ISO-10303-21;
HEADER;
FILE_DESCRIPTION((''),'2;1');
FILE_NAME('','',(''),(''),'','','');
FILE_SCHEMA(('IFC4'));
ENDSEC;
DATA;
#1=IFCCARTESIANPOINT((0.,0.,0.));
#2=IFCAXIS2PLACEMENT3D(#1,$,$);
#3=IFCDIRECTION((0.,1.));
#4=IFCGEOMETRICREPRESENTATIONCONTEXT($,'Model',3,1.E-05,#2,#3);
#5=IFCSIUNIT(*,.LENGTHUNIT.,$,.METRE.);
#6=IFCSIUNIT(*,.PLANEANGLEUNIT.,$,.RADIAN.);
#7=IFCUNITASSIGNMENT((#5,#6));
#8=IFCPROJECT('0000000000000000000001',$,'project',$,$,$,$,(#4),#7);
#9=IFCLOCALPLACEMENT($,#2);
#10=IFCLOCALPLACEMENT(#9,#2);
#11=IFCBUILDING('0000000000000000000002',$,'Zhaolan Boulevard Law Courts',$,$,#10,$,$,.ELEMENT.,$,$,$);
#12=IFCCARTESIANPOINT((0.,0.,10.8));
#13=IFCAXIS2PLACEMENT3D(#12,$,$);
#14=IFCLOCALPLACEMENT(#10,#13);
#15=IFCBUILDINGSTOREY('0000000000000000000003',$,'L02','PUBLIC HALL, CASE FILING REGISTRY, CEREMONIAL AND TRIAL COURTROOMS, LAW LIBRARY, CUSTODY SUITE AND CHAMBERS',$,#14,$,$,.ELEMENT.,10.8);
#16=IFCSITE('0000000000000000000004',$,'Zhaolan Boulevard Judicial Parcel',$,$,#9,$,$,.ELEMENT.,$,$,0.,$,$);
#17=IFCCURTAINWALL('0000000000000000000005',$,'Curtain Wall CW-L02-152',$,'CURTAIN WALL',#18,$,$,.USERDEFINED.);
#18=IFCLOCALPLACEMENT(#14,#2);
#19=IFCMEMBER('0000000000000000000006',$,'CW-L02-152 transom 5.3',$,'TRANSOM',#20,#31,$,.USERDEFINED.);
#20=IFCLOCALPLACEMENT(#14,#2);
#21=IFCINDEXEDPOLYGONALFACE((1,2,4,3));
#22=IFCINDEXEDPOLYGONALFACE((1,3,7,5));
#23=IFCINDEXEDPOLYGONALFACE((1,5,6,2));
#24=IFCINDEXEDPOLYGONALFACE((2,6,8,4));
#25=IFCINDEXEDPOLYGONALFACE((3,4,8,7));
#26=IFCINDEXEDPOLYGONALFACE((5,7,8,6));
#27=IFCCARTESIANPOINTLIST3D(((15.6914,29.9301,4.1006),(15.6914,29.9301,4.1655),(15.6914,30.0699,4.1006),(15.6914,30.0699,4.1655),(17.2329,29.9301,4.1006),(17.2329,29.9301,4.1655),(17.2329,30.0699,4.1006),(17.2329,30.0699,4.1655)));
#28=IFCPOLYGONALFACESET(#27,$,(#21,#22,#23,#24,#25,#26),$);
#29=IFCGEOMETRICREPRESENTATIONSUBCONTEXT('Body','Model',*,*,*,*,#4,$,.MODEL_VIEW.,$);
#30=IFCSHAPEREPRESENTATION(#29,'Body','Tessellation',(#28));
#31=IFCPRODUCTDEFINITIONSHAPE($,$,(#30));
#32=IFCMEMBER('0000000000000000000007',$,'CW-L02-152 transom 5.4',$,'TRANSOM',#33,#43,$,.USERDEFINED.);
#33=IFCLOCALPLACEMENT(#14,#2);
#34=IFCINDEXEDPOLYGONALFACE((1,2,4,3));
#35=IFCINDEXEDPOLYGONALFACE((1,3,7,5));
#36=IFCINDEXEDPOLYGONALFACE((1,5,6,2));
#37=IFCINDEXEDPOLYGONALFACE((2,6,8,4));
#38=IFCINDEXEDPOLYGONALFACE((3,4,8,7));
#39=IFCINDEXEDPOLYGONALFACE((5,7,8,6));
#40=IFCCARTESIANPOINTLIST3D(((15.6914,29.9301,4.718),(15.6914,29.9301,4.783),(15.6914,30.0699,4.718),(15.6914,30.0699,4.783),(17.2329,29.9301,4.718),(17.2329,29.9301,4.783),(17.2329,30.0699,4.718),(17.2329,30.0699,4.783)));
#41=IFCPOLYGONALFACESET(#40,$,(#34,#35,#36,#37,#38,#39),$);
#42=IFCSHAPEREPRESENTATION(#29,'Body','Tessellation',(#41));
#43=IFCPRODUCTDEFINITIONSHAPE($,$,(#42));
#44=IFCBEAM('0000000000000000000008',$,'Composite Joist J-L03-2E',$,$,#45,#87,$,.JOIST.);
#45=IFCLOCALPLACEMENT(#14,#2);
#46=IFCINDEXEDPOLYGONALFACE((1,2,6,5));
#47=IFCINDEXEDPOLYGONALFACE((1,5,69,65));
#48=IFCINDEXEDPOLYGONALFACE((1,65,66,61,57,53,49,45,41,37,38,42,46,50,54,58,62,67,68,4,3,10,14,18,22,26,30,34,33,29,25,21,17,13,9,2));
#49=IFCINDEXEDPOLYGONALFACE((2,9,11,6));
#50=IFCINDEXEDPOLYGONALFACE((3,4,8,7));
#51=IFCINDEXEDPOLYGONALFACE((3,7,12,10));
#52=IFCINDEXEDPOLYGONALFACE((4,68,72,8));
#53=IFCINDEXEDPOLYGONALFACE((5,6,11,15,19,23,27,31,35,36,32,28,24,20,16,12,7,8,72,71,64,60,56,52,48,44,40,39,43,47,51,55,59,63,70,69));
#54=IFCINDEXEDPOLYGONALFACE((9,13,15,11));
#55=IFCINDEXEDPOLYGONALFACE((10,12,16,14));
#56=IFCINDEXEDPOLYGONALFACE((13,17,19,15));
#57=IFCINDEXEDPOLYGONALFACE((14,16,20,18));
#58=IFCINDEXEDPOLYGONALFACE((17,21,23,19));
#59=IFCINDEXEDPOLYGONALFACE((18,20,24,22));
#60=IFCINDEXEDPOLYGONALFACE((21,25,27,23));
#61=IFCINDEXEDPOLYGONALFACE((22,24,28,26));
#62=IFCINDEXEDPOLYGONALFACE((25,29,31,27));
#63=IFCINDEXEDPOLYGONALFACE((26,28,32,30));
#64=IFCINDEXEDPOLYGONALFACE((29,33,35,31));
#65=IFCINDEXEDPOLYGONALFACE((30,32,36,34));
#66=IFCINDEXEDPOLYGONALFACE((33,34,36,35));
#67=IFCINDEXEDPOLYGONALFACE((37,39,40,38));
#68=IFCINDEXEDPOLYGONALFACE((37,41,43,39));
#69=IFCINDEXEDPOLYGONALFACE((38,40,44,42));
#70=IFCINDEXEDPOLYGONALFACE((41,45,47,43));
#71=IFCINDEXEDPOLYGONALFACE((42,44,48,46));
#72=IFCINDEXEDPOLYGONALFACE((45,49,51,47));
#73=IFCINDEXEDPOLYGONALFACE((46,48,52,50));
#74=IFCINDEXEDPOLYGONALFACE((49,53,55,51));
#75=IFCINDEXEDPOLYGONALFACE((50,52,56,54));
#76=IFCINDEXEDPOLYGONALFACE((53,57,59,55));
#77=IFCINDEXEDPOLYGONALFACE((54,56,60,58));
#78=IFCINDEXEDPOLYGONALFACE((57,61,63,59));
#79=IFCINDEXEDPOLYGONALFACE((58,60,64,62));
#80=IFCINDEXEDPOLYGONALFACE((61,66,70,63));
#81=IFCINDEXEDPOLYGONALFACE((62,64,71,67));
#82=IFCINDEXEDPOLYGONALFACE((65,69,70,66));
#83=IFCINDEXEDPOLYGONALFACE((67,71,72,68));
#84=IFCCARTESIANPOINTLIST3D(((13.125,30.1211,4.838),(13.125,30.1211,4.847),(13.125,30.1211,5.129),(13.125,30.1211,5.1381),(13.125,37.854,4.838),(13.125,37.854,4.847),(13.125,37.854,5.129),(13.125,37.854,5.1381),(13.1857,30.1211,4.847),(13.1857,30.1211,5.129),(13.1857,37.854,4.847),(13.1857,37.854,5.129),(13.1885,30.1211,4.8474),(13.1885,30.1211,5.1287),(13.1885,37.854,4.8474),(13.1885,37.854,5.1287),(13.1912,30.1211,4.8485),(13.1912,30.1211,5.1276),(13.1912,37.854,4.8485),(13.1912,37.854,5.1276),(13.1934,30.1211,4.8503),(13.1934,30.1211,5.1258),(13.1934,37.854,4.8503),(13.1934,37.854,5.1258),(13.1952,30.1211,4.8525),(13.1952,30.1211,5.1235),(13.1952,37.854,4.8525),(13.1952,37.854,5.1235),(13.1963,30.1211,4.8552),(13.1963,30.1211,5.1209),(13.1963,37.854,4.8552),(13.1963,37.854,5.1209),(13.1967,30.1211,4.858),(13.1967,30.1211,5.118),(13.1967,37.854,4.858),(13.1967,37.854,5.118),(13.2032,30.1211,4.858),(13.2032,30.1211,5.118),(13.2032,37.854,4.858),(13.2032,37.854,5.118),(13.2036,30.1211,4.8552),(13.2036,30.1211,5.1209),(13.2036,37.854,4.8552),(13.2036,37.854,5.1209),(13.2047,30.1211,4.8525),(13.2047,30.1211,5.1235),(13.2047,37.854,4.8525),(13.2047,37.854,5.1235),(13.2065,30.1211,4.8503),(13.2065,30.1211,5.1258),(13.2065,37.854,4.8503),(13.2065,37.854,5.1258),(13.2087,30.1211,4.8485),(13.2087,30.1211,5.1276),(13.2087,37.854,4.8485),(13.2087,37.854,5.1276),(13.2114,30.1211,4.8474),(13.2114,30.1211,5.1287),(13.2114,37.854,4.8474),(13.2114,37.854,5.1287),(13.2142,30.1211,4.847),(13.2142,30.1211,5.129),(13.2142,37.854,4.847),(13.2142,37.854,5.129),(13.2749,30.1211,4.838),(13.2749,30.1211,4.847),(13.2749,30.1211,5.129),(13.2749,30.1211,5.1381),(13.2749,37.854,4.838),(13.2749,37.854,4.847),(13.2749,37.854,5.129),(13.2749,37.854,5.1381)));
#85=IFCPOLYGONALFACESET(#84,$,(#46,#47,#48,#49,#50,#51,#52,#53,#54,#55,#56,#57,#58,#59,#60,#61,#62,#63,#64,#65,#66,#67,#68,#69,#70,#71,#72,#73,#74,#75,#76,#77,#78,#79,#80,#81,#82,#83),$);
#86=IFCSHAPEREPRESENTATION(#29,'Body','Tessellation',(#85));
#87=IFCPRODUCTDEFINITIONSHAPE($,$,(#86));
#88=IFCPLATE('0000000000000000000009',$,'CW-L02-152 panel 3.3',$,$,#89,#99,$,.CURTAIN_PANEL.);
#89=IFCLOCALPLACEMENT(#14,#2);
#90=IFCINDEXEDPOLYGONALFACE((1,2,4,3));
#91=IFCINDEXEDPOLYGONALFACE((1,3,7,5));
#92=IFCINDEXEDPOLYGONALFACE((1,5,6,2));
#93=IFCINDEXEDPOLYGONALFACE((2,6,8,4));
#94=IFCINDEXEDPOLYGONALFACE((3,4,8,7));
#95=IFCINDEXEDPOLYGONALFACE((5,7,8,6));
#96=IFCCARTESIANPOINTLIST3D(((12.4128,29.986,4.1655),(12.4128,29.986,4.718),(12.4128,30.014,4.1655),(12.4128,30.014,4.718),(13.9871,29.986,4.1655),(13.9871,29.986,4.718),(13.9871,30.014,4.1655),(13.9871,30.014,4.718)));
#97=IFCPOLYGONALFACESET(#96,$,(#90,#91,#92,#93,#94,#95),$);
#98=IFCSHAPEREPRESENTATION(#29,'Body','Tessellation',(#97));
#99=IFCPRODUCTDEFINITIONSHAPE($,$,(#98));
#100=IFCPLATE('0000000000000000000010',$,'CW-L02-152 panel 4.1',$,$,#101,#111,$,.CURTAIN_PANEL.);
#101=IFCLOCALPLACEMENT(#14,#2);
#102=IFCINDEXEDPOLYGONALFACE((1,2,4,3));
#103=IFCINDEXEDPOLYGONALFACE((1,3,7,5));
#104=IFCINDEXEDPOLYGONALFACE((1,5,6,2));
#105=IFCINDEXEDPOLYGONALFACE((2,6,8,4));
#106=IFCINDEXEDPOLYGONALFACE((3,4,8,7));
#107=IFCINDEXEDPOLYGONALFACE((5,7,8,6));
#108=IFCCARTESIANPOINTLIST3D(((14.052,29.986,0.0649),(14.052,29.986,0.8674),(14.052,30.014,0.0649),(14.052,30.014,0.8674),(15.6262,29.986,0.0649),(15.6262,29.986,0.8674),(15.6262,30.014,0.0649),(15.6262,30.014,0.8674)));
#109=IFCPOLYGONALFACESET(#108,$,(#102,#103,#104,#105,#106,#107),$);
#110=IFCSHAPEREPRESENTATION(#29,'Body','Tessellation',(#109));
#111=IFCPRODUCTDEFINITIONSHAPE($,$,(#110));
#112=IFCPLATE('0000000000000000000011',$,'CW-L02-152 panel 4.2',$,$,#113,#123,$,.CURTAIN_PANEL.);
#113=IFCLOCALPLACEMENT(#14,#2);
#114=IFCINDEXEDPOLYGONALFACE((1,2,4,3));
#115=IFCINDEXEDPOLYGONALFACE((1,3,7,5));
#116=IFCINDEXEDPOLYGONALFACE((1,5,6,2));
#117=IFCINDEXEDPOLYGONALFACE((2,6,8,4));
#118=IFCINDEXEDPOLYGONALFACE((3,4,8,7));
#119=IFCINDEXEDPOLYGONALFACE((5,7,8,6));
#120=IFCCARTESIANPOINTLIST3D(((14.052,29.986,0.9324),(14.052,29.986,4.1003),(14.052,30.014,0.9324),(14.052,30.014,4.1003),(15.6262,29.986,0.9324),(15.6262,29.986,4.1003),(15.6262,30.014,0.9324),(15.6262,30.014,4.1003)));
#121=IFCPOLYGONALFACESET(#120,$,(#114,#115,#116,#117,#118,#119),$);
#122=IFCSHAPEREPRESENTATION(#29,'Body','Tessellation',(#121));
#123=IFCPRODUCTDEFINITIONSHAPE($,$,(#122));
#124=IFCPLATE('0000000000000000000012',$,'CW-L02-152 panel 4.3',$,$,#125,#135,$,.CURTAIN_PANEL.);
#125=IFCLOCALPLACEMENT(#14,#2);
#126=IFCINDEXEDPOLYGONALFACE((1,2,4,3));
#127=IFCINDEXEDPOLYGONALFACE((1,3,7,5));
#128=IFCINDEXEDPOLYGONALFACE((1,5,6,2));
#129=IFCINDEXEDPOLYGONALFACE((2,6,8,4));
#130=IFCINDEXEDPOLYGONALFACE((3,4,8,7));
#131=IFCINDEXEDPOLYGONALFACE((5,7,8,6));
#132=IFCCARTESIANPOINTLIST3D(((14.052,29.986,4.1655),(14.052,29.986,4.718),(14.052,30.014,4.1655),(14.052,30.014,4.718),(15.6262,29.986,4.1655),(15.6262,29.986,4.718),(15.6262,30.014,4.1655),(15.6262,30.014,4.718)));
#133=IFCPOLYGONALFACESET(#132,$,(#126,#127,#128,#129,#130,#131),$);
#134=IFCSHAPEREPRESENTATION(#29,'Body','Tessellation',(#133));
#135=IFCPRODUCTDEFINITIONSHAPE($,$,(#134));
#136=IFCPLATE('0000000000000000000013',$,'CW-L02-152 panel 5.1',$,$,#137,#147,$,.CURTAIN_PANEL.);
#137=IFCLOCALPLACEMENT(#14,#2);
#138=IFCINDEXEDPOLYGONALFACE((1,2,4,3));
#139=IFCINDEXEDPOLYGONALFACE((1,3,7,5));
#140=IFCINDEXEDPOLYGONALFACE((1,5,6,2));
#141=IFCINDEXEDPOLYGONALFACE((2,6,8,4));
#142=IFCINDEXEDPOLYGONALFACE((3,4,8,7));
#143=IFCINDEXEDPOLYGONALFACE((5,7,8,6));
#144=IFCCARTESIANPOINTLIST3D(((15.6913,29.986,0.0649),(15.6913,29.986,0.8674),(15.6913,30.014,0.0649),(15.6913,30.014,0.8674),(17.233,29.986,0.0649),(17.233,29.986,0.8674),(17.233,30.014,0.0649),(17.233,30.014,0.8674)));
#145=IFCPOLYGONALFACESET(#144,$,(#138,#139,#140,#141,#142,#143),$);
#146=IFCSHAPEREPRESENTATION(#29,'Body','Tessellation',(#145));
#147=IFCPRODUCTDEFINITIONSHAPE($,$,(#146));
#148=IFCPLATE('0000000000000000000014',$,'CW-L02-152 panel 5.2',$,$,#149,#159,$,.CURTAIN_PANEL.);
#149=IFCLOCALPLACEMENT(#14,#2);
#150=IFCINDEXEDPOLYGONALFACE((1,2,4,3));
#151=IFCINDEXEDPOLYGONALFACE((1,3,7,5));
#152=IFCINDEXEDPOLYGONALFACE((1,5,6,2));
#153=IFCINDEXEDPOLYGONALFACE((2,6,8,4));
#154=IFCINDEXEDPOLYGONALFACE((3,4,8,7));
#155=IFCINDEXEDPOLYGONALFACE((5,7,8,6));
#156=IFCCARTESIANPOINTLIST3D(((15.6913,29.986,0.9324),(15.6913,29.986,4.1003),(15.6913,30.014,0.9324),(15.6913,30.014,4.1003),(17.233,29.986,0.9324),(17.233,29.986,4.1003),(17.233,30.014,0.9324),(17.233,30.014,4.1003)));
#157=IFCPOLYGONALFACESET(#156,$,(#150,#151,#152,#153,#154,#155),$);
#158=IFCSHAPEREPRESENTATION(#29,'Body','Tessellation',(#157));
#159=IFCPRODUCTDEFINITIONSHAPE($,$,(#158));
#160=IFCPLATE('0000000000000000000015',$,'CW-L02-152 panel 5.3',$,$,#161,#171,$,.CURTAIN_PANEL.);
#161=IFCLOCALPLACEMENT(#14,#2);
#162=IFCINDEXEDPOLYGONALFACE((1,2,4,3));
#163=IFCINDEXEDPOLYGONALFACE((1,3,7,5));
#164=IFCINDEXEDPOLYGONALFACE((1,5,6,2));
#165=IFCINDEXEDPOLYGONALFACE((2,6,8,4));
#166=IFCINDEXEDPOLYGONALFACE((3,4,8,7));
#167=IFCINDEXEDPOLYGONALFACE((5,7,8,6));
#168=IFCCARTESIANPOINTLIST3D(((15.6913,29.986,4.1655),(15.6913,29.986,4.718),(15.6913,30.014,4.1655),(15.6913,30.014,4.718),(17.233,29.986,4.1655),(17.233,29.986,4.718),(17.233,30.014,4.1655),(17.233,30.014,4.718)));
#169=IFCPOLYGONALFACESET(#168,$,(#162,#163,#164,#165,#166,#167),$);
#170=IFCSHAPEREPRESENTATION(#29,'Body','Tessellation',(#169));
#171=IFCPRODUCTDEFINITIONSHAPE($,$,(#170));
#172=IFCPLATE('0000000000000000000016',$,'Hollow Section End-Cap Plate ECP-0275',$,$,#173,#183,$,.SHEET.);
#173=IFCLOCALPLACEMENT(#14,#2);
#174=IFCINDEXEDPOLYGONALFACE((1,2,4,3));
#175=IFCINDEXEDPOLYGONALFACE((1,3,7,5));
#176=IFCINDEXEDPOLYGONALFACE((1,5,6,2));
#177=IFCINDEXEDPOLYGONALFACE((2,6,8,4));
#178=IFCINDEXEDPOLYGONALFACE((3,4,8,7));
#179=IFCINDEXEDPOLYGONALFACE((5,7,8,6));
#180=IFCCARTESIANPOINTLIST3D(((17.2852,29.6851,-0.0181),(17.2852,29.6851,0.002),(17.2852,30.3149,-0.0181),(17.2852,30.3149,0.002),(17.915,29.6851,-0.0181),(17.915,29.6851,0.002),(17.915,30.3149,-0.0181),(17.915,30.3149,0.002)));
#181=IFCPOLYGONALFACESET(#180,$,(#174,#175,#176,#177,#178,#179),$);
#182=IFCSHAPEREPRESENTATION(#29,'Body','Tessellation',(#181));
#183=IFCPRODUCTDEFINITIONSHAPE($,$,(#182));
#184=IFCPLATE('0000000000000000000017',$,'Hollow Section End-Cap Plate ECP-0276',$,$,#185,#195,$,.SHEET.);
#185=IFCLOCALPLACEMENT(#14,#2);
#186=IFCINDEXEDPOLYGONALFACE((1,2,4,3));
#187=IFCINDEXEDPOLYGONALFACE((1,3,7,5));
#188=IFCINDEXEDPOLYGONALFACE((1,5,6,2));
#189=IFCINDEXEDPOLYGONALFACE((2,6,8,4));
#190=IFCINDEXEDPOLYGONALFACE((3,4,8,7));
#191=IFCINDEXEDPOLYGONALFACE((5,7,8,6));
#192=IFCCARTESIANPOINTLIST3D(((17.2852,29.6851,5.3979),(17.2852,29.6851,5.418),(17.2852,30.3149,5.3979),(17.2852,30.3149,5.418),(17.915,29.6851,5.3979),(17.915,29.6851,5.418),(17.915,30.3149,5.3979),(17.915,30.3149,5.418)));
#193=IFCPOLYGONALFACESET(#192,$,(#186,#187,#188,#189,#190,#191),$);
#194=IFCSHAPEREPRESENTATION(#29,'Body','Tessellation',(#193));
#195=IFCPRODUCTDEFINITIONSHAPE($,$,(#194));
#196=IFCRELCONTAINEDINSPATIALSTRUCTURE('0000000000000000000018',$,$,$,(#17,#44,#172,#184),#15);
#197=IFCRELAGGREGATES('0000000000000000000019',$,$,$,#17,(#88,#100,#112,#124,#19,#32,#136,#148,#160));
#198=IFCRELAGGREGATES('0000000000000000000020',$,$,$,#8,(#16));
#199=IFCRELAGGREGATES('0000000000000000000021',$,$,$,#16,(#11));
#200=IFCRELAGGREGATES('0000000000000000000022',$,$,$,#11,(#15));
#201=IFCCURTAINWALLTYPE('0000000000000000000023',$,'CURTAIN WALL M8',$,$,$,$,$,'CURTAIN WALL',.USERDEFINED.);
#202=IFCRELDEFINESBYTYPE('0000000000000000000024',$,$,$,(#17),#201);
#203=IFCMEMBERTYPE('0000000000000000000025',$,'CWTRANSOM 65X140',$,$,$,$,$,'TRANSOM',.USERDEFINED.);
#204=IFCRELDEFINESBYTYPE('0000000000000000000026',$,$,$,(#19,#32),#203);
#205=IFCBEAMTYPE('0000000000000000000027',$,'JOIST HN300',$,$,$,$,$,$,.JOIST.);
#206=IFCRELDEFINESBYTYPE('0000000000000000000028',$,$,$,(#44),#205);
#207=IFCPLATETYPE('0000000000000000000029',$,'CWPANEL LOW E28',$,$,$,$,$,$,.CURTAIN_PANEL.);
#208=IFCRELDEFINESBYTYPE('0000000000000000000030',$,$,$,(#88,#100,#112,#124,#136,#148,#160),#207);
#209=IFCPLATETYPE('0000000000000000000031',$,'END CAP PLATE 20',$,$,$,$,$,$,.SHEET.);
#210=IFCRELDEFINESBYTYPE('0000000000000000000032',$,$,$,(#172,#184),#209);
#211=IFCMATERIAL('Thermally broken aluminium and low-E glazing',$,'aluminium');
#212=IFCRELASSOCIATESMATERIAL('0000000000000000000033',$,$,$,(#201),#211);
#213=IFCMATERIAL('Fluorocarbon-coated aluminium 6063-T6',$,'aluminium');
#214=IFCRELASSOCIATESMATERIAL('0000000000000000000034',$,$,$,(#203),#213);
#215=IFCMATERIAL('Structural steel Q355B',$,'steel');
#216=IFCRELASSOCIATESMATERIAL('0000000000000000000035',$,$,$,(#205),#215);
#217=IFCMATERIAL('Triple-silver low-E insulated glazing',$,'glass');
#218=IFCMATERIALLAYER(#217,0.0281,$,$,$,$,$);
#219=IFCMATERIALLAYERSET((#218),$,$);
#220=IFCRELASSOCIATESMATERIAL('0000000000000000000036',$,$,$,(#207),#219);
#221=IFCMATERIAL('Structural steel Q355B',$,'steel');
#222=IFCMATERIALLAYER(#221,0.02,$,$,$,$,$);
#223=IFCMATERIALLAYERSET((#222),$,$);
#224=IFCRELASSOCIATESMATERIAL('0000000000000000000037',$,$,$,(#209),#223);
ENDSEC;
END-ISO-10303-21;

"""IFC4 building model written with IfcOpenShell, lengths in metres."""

from ifc_helpers import new_model, si_unit, direction, frame, origin, origin_2d, place, context, subcontext, project, spatial, rectangle, i_section, extrude, material, layer, layer_set, material_profile, profile_set, type_object, element, aggregate, save


model = new_model("IFC4")

# Units and contexts
model_context = context("Model", 3, precision=1e-05, world=origin(), true_north=direction((0.0, 1.0)))
body_context = subcontext(model_context, "Body", "Model", "MODEL_VIEW")
ifc_project = project(units=[si_unit("LENGTHUNIT", "METRE"), si_unit("PLANEANGLEUNIT", "RADIAN")], contexts=[model_context])

# Site, building, storey
site_placement = place(None, origin())
site = spatial("IfcSite", under=ifc_project, at=site_placement, Name="Zhaolan Boulevard Judicial Parcel", CompositionType="ELEMENT", RefElevation=0.0)
building_placement = place(site_placement, origin())
building = spatial("IfcBuilding", under=site, at=building_placement, Name="Zhaolan Boulevard Law Courts", CompositionType="ELEMENT")
storey_placement = place(building_placement, frame((0.0, 0.0, 10.8)))
storey = spatial("IfcBuildingStorey", under=building, at=storey_placement, Name="L02", Description="PUBLIC HALL, CASE FILING REGISTRY, CEREMONIAL AND TRIAL COURTROOMS, LAW LIBRARY, CUSTODY SUITE AND CHAMBERS", CompositionType="ELEMENT", Elevation=10.8)

# Curtain wall, members
ifc_material_1 = material(Name="Thermally broken aluminium and low-E glazing", Category="aluminium")
curtain_wall_type = type_object("IfcCurtainWallType", Name="CURTAIN WALL M8", ElementType="CURTAIN WALL", PredefinedType="USERDEFINED", material=ifc_material_1)
curtain_wall_placement = place(storey_placement, origin())
curtain_wall = element("IfcCurtainWall", 1, at=curtain_wall_placement, inside=storey, type_object=curtain_wall_type, Name="Curtain Wall CW-L02-152", ObjectType="CURTAIN WALL", PredefinedType="USERDEFINED")
ifc_material_2 = material(Name="Fluorocarbon-coated aluminium 6063-T6", Category="aluminium")
ifc_material_profile_1 = material_profile(ifc_material_2, rectangle(XDim=0.1399, YDim=0.0649, at=origin_2d()), Name="AL65x140")
ifc_profile_set_1 = profile_set([ifc_material_profile_1], Name="Fluorocarbon-coated aluminium 6063-T6")
member_type_1 = type_object("IfcMemberType", Name="CWTRANSOM 65X140", ElementType="TRANSOM", PredefinedType="USERDEFINED", material=ifc_profile_set_1)
member_1_placement = place(storey_placement, frame((15.6914, 30.0, 4.1331), z_axis=(1.0, 0.0, 0.0), x_axis=(0.0, 1.0, 0.0)))
member_1 = element("IfcMember", 2, at=member_1_placement, type_object=member_type_1, Name="CW-L02-152 transom 5.3", ObjectType="TRANSOM", PredefinedType="USERDEFINED", context=body_context, shape_type="SweptSolid", body=[
    extrude(rectangle(XDim=0.1399, YDim=0.0649, at=origin_2d()), origin(), (0.0, 0.0, 1.0), 1.5415),
])
member_2_placement = place(storey_placement, frame((15.6914, 30.0, 4.7505), z_axis=(1.0, 0.0, 0.0), x_axis=(0.0, 1.0, 0.0)))
member_2 = element("IfcMember", 3, at=member_2_placement, type_object=member_type_1, Name="CW-L02-152 transom 5.4", ObjectType="TRANSOM", PredefinedType="USERDEFINED", context=body_context, shape_type="SweptSolid", body=[
    extrude(rectangle(XDim=0.1399, YDim=0.0649, at=origin_2d()), origin(), (0.0, 0.0, 1.0), 1.5415),
])

# Beam
ifc_material_3 = material(Name="Structural steel Q355B", Category="steel")
ifc_material_profile_2 = material_profile(ifc_material_3, i_section(OverallWidth=0.1499, OverallDepth=0.3, WebThickness=0.0066, FlangeThickness=0.009, FilletRadius=0.011, at=origin_2d()), Name="HN300x150")
ifc_profile_set_2 = profile_set([ifc_material_profile_2], Name="Structural steel Q355B")
beam_type = type_object("IfcBeamType", Name="JOIST HN300", PredefinedType="JOIST", material=ifc_profile_set_2)
beam_placement = place(storey_placement, frame((13.2, 30.1211, 4.988), z_axis=(0.0, 1.0, 0.0), x_axis=(-1.0, 0.0, 0.0)))
element("IfcBeam", 4, at=beam_placement, inside=storey, type_object=beam_type, Name="Composite Joist J-L03-2E", PredefinedType="JOIST", context=body_context, shape_type="SweptSolid", body=[
    extrude(i_section(OverallWidth=0.1499, OverallDepth=0.3, WebThickness=0.0066, FlangeThickness=0.009, FilletRadius=0.011, at=origin_2d()), origin(), (0.0, 0.0, 1.0), 7.7329),
])

# Plates
ifc_material_4 = material(Name="Triple-silver low-E insulated glazing", Category="glass")
ifc_layer_1 = layer(ifc_material_4, 0.0281)
ifc_layer_set_1 = layer_set([ifc_layer_1])
plate_type_1 = type_object("IfcPlateType", Name="CWPANEL LOW E28", PredefinedType="CURTAIN_PANEL", material=ifc_layer_set_1)
plate_1_placement = place(storey_placement, frame((13.2, 30.0, 4.1655), z_axis=(0.0, 0.0, 1.0), x_axis=(1.0, 0.0, 0.0)))
plate_1 = element("IfcPlate", 5, at=plate_1_placement, type_object=plate_type_1, Name="CW-L02-152 panel 3.3", PredefinedType="CURTAIN_PANEL", context=body_context, shape_type="SweptSolid", body=[
    extrude(rectangle(XDim=1.5742, YDim=0.0281, at=origin_2d()), origin(), (0.0, 0.0, 1.0), 0.5525),
])
plate_2_placement = place(storey_placement, frame((14.8391, 30.0, 0.0649), z_axis=(0.0, 0.0, 1.0), x_axis=(1.0, 0.0, 0.0)))
plate_2 = element("IfcPlate", 6, at=plate_2_placement, type_object=plate_type_1, Name="CW-L02-152 panel 4.1", PredefinedType="CURTAIN_PANEL", context=body_context, shape_type="SweptSolid", body=[
    extrude(rectangle(XDim=1.5742, YDim=0.0281, at=origin_2d()), origin(), (0.0, 0.0, 1.0), 0.8025),
])
plate_3_placement = place(storey_placement, frame((14.8391, 30.0, 0.9324), z_axis=(0.0, 0.0, 1.0), x_axis=(1.0, 0.0, 0.0)))
plate_3 = element("IfcPlate", 7, at=plate_3_placement, type_object=plate_type_1, Name="CW-L02-152 panel 4.2", PredefinedType="CURTAIN_PANEL", context=body_context, shape_type="SweptSolid", body=[
    extrude(rectangle(XDim=1.5742, YDim=0.0281, at=origin_2d()), origin(), (0.0, 0.0, 1.0), 3.168),
])
plate_4_placement = place(storey_placement, frame((14.8391, 30.0, 4.1655), z_axis=(0.0, 0.0, 1.0), x_axis=(1.0, 0.0, 0.0)))
plate_4 = element("IfcPlate", 8, at=plate_4_placement, type_object=plate_type_1, Name="CW-L02-152 panel 4.3", PredefinedType="CURTAIN_PANEL", context=body_context, shape_type="SweptSolid", body=[
    extrude(rectangle(XDim=1.5742, YDim=0.0281, at=origin_2d()), origin(), (0.0, 0.0, 1.0), 0.5525),
])
plate_5_placement = place(storey_placement, frame((16.4622, 30.0, 0.0649), z_axis=(0.0, 0.0, 1.0), x_axis=(1.0, 0.0, 0.0)))
plate_5 = element("IfcPlate", 9, at=plate_5_placement, type_object=plate_type_1, Name="CW-L02-152 panel 5.1", PredefinedType="CURTAIN_PANEL", context=body_context, shape_type="SweptSolid", body=[
    extrude(rectangle(XDim=1.5417, YDim=0.0281, at=origin_2d()), origin(), (0.0, 0.0, 1.0), 0.8025),
])
plate_6_placement = place(storey_placement, frame((16.4622, 30.0, 0.9324), z_axis=(0.0, 0.0, 1.0), x_axis=(1.0, 0.0, 0.0)))
plate_6 = element("IfcPlate", 10, at=plate_6_placement, type_object=plate_type_1, Name="CW-L02-152 panel 5.2", PredefinedType="CURTAIN_PANEL", context=body_context, shape_type="SweptSolid", body=[
    extrude(rectangle(XDim=1.5417, YDim=0.0281, at=origin_2d()), origin(), (0.0, 0.0, 1.0), 3.168),
])
plate_7_placement = place(storey_placement, frame((16.4622, 30.0, 4.1655), z_axis=(0.0, 0.0, 1.0), x_axis=(1.0, 0.0, 0.0)))
plate_7 = element("IfcPlate", 11, at=plate_7_placement, type_object=plate_type_1, Name="CW-L02-152 panel 5.3", PredefinedType="CURTAIN_PANEL", context=body_context, shape_type="SweptSolid", body=[
    extrude(rectangle(XDim=1.5417, YDim=0.0281, at=origin_2d()), origin(), (0.0, 0.0, 1.0), 0.5525),
])
aggregate(curtain_wall, [plate_1, plate_2, plate_3, plate_4, member_1, member_2, plate_5, plate_6, plate_7])

# Plates
ifc_material_5 = material(Name="Structural steel Q355B", Category="steel")
ifc_layer_2 = layer(ifc_material_5, 0.02)
ifc_layer_set_2 = layer_set([ifc_layer_2])
plate_type_2 = type_object("IfcPlateType", Name="END CAP PLATE 20", PredefinedType="SHEET", material=ifc_layer_set_2)
for number, where, z_axis, x_axis, name in (
    (12, (17.6001, 30.0, -0.0181), (0.0, 0.0, 1.0), (1.0, 0.0, 0.0), "Hollow Section End-Cap Plate ECP-0275"),
    (13, (17.6001, 30.0, 5.3979), (0.0, 0.0, 1.0), (1.0, 0.0, 0.0), "Hollow Section End-Cap Plate ECP-0276"),
):
    element("IfcPlate", number, at=place(storey_placement, frame(where, z_axis=z_axis, x_axis=x_axis)), inside=storey, type_object=plate_type_2, Name=name, PredefinedType="SHEET", context=body_context, shape_type="SweptSolid", body=[
        extrude(rectangle(XDim=0.6299, YDim=0.6299, at=origin_2d()), origin(), (0.0, 0.0, 1.0), 0.02),
    ])

save(model, "model.ifc")
